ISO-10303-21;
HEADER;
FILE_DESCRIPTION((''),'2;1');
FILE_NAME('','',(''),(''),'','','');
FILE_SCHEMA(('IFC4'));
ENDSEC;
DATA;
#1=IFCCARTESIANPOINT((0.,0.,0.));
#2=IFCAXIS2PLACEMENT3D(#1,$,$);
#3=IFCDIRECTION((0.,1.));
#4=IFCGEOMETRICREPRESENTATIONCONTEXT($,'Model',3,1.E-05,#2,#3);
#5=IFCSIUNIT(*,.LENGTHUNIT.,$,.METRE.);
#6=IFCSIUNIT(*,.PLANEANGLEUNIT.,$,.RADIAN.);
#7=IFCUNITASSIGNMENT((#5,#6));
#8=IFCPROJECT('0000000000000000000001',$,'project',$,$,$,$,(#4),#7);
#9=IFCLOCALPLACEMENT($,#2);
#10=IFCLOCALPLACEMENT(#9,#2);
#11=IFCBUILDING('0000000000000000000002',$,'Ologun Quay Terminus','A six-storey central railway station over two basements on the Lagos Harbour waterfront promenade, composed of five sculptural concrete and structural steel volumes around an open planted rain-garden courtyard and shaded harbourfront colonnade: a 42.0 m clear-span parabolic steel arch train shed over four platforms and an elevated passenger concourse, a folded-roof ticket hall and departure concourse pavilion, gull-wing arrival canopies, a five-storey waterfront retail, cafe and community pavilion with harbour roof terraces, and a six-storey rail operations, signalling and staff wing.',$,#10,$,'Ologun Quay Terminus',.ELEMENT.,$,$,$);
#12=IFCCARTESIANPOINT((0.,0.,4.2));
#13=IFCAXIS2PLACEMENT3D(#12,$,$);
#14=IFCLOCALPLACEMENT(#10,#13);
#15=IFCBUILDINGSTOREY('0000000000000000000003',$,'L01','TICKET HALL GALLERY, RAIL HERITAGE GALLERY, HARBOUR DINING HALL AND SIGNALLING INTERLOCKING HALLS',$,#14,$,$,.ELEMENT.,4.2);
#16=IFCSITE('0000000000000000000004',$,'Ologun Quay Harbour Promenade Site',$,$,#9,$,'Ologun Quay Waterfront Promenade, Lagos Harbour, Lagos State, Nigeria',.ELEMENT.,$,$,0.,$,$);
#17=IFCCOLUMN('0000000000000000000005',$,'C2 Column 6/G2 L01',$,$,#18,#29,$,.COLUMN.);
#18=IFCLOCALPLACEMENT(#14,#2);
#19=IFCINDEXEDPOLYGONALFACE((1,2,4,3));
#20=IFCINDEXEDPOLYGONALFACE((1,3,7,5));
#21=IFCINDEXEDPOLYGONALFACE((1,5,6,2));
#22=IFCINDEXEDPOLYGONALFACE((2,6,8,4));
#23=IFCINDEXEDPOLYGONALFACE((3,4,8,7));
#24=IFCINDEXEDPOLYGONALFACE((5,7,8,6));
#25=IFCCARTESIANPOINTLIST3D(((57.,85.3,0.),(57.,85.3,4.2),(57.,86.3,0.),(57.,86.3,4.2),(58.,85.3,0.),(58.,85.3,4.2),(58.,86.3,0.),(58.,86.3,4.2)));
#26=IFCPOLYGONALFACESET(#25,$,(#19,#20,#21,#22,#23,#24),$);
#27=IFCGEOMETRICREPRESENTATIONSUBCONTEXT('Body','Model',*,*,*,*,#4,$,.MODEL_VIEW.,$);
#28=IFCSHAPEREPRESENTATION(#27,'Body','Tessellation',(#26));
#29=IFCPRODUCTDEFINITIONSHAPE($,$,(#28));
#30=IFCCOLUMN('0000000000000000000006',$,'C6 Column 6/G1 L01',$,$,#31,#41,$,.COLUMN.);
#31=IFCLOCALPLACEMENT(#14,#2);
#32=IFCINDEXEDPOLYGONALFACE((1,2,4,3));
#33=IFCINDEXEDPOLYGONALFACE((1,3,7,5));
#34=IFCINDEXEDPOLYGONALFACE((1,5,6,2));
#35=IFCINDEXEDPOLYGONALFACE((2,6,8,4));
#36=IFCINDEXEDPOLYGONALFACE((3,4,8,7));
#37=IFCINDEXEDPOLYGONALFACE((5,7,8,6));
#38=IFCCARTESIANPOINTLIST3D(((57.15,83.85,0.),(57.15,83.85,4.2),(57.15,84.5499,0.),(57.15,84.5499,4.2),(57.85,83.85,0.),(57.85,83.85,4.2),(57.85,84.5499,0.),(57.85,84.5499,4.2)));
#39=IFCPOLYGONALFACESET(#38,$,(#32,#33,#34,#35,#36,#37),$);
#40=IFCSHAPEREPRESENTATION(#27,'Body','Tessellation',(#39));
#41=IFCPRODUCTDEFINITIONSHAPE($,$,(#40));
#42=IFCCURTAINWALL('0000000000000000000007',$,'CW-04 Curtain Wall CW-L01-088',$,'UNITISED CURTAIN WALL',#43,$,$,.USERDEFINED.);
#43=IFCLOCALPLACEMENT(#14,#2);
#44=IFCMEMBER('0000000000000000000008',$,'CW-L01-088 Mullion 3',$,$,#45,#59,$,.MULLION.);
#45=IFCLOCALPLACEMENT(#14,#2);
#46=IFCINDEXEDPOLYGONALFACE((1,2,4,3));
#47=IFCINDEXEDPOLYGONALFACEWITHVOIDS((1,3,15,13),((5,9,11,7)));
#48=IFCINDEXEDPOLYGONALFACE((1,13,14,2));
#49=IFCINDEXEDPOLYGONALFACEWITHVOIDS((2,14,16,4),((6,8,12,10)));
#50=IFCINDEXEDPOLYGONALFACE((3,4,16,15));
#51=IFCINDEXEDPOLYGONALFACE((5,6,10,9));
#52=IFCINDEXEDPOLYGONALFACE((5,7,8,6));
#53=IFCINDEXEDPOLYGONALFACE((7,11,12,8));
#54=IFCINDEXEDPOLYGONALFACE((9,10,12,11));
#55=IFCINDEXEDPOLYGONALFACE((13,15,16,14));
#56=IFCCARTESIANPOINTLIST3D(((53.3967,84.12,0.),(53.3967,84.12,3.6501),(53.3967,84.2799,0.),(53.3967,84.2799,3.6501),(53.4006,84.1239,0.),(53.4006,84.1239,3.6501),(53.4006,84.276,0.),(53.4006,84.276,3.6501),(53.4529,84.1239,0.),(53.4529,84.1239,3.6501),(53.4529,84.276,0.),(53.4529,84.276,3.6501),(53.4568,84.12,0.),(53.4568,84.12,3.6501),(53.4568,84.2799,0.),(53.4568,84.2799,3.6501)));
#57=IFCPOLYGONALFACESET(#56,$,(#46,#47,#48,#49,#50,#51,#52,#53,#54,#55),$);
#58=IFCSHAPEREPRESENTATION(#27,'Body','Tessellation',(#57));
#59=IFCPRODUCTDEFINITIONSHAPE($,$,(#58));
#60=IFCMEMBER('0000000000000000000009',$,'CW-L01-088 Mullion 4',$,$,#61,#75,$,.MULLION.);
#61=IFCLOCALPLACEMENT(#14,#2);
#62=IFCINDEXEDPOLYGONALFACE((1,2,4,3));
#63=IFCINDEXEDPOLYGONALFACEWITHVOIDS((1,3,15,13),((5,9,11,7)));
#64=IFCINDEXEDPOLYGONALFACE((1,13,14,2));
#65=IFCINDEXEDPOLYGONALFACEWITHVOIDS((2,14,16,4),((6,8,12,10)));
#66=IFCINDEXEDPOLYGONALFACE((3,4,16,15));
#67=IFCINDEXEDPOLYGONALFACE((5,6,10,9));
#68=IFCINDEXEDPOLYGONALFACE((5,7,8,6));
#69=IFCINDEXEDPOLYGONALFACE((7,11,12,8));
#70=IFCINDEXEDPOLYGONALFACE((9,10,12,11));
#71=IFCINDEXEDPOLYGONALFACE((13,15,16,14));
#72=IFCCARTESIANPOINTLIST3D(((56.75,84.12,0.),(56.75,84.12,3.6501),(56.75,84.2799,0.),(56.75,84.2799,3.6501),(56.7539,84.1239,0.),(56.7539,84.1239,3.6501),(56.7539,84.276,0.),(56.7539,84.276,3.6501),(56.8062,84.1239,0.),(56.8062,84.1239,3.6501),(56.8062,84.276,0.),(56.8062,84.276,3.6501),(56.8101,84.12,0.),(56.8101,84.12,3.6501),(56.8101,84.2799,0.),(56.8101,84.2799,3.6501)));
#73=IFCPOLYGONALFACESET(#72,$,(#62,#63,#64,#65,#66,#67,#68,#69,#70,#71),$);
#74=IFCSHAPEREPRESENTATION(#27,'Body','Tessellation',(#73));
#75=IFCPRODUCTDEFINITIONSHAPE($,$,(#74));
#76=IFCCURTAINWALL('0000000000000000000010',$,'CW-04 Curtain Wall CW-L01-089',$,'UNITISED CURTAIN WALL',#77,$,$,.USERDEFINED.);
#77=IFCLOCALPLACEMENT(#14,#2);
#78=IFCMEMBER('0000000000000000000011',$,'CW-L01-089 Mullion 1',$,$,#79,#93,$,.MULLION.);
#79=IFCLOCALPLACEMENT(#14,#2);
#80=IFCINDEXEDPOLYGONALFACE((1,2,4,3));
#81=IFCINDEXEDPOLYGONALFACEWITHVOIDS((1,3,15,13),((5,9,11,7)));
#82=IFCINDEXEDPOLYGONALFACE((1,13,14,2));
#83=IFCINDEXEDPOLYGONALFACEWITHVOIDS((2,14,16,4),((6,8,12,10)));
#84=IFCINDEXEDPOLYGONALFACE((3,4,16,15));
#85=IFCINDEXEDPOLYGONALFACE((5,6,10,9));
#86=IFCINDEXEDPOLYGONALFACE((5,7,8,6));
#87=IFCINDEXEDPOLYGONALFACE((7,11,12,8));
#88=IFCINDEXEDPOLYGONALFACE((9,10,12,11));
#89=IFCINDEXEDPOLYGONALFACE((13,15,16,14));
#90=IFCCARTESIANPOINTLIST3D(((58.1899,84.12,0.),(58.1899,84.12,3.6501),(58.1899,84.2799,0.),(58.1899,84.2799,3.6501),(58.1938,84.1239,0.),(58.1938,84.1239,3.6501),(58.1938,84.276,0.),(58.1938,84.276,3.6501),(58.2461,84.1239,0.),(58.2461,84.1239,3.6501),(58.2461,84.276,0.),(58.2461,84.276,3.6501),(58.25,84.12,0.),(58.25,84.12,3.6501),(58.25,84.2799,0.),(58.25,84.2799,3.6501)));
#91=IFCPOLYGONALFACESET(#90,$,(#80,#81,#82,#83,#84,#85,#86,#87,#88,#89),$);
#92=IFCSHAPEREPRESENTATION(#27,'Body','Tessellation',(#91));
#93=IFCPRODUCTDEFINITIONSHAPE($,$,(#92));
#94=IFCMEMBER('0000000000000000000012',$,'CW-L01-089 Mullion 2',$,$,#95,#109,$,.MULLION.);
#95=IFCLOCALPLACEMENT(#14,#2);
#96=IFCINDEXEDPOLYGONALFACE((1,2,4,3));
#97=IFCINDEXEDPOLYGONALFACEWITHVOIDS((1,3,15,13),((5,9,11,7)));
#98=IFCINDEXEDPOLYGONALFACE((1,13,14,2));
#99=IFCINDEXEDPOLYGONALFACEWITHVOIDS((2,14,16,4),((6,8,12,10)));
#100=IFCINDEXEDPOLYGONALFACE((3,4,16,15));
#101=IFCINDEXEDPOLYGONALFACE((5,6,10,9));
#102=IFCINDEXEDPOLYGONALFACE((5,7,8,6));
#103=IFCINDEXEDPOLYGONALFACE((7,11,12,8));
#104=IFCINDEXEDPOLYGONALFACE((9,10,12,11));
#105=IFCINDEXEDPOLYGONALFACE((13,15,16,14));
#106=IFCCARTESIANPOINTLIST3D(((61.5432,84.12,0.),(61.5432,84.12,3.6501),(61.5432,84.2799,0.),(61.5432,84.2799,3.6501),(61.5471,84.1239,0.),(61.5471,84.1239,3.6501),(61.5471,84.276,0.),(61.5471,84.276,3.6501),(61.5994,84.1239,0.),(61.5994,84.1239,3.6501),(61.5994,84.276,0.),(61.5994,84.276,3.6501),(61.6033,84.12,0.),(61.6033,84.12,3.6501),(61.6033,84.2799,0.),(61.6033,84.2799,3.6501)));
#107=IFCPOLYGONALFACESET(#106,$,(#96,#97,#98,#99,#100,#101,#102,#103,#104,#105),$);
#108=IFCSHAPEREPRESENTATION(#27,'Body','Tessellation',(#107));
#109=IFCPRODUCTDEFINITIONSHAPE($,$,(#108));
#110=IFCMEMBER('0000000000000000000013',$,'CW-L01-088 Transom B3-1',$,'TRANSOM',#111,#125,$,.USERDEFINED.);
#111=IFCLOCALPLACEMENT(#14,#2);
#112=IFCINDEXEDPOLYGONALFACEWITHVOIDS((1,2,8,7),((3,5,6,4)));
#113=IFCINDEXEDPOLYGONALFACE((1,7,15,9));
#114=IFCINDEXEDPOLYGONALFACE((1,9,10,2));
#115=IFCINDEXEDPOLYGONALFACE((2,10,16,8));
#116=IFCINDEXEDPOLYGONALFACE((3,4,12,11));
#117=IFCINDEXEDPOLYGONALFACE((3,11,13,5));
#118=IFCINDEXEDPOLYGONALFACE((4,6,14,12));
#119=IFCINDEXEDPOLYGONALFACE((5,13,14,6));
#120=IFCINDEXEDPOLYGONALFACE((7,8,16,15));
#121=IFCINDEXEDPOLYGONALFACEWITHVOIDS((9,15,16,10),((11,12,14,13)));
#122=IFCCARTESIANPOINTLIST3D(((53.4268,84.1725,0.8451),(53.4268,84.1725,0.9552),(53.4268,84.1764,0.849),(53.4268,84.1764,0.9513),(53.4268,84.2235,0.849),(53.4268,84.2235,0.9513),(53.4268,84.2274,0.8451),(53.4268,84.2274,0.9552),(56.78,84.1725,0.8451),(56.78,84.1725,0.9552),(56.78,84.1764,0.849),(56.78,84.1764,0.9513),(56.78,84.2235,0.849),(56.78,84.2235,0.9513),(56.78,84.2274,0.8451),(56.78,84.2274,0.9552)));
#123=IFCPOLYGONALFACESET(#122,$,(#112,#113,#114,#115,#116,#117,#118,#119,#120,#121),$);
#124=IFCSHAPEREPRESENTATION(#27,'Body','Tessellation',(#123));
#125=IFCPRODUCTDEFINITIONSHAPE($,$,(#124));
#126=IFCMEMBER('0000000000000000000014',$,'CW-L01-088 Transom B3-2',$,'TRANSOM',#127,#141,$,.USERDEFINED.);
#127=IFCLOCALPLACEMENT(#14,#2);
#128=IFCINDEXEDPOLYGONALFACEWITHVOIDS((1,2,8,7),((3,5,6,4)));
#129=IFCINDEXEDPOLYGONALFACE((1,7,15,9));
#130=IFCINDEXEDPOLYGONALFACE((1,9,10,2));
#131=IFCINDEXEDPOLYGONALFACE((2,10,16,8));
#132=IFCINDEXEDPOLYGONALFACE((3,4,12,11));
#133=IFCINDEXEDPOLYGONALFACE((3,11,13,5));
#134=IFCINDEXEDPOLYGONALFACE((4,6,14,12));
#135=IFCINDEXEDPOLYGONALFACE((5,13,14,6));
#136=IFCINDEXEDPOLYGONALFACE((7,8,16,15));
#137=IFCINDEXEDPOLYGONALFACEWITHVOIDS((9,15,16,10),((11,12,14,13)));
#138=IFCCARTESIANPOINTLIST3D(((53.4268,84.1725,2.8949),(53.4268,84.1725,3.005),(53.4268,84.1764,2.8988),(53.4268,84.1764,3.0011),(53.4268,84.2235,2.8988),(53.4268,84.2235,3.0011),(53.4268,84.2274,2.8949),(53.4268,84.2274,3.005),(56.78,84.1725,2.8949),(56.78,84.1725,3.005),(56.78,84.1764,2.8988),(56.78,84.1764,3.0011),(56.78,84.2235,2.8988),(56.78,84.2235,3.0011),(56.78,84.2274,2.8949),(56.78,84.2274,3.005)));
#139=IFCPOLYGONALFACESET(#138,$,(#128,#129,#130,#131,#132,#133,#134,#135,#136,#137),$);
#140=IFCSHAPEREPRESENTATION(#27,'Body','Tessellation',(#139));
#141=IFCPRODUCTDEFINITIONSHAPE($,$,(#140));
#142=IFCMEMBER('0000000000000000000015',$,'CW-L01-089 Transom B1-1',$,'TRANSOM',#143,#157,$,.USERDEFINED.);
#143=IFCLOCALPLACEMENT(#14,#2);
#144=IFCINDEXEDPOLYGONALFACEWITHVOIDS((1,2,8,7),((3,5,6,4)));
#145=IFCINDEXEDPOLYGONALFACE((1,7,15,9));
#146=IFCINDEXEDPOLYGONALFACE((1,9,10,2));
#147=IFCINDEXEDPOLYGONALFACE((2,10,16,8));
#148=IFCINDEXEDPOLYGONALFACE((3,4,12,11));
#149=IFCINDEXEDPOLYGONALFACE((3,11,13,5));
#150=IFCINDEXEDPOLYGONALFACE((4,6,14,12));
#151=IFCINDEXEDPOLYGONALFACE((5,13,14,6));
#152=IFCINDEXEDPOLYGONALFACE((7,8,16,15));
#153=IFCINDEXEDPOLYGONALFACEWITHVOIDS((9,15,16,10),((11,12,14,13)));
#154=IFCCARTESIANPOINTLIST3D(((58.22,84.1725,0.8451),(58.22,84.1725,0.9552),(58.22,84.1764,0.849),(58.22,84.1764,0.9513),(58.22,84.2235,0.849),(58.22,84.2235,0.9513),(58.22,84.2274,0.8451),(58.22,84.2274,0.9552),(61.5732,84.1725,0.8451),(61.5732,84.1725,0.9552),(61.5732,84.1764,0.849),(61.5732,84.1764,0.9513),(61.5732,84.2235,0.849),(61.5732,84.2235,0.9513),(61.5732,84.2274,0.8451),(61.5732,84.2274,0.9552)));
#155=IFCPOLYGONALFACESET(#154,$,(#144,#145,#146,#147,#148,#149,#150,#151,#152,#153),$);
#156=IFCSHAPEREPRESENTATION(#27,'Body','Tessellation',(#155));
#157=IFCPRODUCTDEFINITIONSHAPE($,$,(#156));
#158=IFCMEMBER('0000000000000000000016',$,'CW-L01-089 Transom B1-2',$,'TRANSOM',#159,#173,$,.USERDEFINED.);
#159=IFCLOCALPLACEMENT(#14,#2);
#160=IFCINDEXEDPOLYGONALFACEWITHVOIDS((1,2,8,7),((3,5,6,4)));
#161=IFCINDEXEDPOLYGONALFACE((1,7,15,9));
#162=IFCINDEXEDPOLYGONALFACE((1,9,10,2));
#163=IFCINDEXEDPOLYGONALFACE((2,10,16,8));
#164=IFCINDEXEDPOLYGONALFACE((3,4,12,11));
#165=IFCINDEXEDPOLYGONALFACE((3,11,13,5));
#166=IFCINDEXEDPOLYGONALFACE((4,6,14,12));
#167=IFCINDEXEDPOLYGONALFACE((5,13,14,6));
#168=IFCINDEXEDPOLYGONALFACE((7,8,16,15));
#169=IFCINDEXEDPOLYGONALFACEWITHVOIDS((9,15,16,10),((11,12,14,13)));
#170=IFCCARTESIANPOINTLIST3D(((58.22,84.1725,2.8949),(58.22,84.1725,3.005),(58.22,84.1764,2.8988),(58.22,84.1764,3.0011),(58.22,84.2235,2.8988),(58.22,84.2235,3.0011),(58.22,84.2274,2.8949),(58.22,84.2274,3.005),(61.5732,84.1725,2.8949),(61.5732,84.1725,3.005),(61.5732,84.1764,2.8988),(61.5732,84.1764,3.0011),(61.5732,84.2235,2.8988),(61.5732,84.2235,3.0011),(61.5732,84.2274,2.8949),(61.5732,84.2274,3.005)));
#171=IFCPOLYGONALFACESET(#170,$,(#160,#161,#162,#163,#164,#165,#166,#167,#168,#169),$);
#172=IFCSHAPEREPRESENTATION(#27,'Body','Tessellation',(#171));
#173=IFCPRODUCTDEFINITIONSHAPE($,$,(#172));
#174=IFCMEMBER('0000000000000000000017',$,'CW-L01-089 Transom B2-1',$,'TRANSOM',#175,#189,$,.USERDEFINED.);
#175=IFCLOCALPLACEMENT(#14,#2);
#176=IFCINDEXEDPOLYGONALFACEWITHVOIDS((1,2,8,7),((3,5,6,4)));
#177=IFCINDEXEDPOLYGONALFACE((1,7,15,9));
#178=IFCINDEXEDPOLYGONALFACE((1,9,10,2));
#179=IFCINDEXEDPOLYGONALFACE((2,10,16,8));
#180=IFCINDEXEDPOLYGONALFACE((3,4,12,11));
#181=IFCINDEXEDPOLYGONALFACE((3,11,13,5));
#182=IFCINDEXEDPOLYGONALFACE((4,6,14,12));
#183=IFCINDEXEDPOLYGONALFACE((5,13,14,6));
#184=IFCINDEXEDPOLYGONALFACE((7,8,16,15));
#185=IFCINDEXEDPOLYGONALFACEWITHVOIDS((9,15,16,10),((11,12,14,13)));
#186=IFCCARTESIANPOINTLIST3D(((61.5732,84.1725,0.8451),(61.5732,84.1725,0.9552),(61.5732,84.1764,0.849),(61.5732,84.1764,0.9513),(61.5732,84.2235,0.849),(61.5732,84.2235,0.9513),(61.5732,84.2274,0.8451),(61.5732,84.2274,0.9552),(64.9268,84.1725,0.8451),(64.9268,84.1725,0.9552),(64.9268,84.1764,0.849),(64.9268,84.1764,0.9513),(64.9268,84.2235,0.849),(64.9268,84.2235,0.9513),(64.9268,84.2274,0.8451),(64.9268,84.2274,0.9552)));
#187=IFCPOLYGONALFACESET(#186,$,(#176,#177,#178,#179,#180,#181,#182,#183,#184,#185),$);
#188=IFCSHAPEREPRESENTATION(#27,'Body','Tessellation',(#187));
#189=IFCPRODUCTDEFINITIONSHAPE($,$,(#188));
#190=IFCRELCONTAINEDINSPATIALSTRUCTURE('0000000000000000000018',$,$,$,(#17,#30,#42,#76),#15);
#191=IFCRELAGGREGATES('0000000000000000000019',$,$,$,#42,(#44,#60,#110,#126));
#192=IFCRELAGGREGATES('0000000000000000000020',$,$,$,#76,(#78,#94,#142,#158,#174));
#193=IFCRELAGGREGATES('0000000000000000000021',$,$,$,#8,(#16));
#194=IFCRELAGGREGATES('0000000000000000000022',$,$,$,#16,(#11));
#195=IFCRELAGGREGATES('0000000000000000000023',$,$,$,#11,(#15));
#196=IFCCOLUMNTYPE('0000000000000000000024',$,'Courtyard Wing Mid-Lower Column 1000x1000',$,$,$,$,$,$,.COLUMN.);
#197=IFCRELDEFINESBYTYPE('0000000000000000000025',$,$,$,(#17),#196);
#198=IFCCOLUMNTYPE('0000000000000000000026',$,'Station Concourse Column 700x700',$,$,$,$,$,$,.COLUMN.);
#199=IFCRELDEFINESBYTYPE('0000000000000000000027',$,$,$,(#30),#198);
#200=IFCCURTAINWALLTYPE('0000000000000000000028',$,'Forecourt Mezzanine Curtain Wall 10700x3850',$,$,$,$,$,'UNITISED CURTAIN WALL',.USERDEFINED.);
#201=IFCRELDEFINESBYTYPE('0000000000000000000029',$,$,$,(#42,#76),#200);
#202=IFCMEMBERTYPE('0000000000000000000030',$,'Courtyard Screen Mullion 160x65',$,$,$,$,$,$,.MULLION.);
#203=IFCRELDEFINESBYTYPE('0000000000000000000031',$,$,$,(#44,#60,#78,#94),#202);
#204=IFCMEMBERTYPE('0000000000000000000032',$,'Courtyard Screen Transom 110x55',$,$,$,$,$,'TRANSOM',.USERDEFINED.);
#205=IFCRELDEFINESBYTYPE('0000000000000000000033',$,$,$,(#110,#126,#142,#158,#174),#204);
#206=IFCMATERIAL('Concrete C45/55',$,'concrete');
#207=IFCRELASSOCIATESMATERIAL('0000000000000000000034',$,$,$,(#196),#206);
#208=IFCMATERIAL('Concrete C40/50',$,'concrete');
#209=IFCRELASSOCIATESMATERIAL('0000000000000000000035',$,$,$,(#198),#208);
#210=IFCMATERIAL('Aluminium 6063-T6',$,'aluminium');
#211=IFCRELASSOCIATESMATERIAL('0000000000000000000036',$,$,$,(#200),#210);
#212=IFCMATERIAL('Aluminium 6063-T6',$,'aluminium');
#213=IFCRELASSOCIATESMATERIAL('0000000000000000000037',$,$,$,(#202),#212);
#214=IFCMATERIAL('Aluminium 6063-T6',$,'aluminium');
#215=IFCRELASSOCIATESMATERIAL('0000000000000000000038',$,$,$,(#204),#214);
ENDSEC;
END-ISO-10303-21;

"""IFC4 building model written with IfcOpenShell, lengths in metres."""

from ifc_helpers import new_model, si_unit, direction, frame, origin, origin_2d, place, context, subcontext, project, spatial, rectangle, hollow_rectangle, extrude, material, material_profile, profile_set, type_object, element, aggregate, save


model = new_model("IFC4")

# Units and contexts
model_context = context("Model", 3, precision=1e-05, world=origin(), true_north=direction((0.0, 1.0)))
body_context = subcontext(model_context, "Body", "Model", "MODEL_VIEW")
ifc_project = project(units=[si_unit("LENGTHUNIT", "METRE"), si_unit("PLANEANGLEUNIT", "RADIAN")], contexts=[model_context])

# Site, building, storey
site_placement = place(None, origin())
site = spatial("IfcSite", under=ifc_project, at=site_placement, Name="Ologun Quay Harbour Promenade Site", LongName="Ologun Quay Waterfront Promenade, Lagos Harbour, Lagos State, Nigeria", CompositionType="ELEMENT", RefElevation=0.0)
building_placement = place(site_placement, origin())
building = spatial("IfcBuilding", under=site, at=building_placement, Name="Ologun Quay Terminus", Description="A six-storey central railway station over two basements on the Lagos Harbour waterfront promenade, composed of five sculptural concrete and structural steel volumes around an open planted rain-garden courtyard and shaded harbourfront colonnade: a 42.0 m clear-span parabolic steel arch train shed over four platforms and an elevated passenger concourse, a folded-roof ticket hall and departure concourse pavilion, gull-wing arrival canopies, a five-storey waterfront retail, cafe and community pavilion with harbour roof terraces, and a six-storey rail operations, signalling and staff wing.", LongName="Ologun Quay Terminus", CompositionType="ELEMENT")
storey_placement = place(building_placement, frame((0.0, 0.0, 4.2)))
storey = spatial("IfcBuildingStorey", under=building, at=storey_placement, Name="L01", Description="TICKET HALL GALLERY, RAIL HERITAGE GALLERY, HARBOUR DINING HALL AND SIGNALLING INTERLOCKING HALLS", CompositionType="ELEMENT", Elevation=4.2)

# Columns
ifc_material_1 = material(Name="Concrete C45/55", Category="concrete")
ifc_material_profile_1 = material_profile(ifc_material_1, rectangle(XDim=1.0, YDim=1.0, at=origin_2d()), Name="RC 1000x1000")
ifc_profile_set_1 = profile_set([ifc_material_profile_1], Name="Concrete C45/55")
column_type_1 = type_object("IfcColumnType", Name="Courtyard Wing Mid-Lower Column 1000x1000", PredefinedType="COLUMN", material=ifc_profile_set_1)
column_1_placement = place(storey_placement, frame((57.5, 85.8, 0.0), z_axis=(0.0, 0.0, 1.0), x_axis=(1.0, 0.0, 0.0)))
element("IfcColumn", 1, at=column_1_placement, inside=storey, type_object=column_type_1, Name="C2 Column 6/G2 L01", PredefinedType="COLUMN", context=body_context, shape_type="SweptSolid", body=[
    extrude(rectangle(XDim=1.0, YDim=1.0, at=origin_2d()), origin(), (0.0, 0.0, 1.0), 4.2),
])
ifc_material_2 = material(Name="Concrete C40/50", Category="concrete")
ifc_material_profile_2 = material_profile(ifc_material_2, rectangle(XDim=0.7, YDim=0.7, at=origin_2d()), Name="RC 700x700")
ifc_profile_set_2 = profile_set([ifc_material_profile_2], Name="Concrete C40/50")
column_type_2 = type_object("IfcColumnType", Name="Station Concourse Column 700x700", PredefinedType="COLUMN", material=ifc_profile_set_2)
column_2_placement = place(storey_placement, frame((57.5, 84.2, 0.0), z_axis=(0.0, 0.0, 1.0), x_axis=(1.0, 0.0, 0.0)))
element("IfcColumn", 2, at=column_2_placement, inside=storey, type_object=column_type_2, Name="C6 Column 6/G1 L01", PredefinedType="COLUMN", context=body_context, shape_type="SweptSolid", body=[
    extrude(rectangle(XDim=0.7, YDim=0.7, at=origin_2d()), origin(), (0.0, 0.0, 1.0), 4.2),
])

# Curtain walls, members
ifc_material_3 = material(Name="Aluminium 6063-T6", Category="aluminium")
curtain_wall_type = type_object("IfcCurtainWallType", Name="Forecourt Mezzanine Curtain Wall 10700x3850", ElementType="UNITISED CURTAIN WALL", PredefinedType="USERDEFINED", material=ifc_material_3)
curtain_wall_1_placement = place(storey_placement, origin())
curtain_wall_1 = element("IfcCurtainWall", 3, at=curtain_wall_1_placement, inside=storey, type_object=curtain_wall_type, Name="CW-04 Curtain Wall CW-L01-088", ObjectType="UNITISED CURTAIN WALL", PredefinedType="USERDEFINED")
ifc_material_4 = material(Name="Aluminium 6063-T6", Category="aluminium")
ifc_material_profile_3 = material_profile(ifc_material_4, hollow_rectangle(XDim=0.0601, YDim=0.1599, WallThickness=0.0039, at=origin_2d()), Name="ALU 160x60x4")
ifc_profile_set_3 = profile_set([ifc_material_profile_3], Name="Aluminium 6063-T6")
member_type_1 = type_object("IfcMemberType", Name="Courtyard Screen Mullion 160x65", PredefinedType="MULLION", material=ifc_profile_set_3)
member_1_placement = place(storey_placement, frame((53.4268, 84.2, 0.0), z_axis=(0.0, 0.0, 1.0), x_axis=(1.0, 0.0, 0.0)))
member_1 = element("IfcMember", 4, at=member_1_placement, type_object=member_type_1, Name="CW-L01-088 Mullion 3", PredefinedType="MULLION", context=body_context, shape_type="SweptSolid", body=[
    extrude(hollow_rectangle(XDim=0.0601, YDim=0.1599, WallThickness=0.0039, at=origin_2d()), origin(), (0.0, 0.0, 1.0), 3.6501),
])
member_2_placement = place(storey_placement, frame((56.78, 84.2, 0.0), z_axis=(0.0, 0.0, 1.0), x_axis=(1.0, 0.0, 0.0)))
member_2 = element("IfcMember", 5, at=member_2_placement, type_object=member_type_1, Name="CW-L01-088 Mullion 4", PredefinedType="MULLION", context=body_context, shape_type="SweptSolid", body=[
    extrude(hollow_rectangle(XDim=0.0601, YDim=0.1599, WallThickness=0.0039, at=origin_2d()), origin(), (0.0, 0.0, 1.0), 3.6501),
])
curtain_wall_2_placement = place(storey_placement, origin())
curtain_wall_2 = element("IfcCurtainWall", 6, at=curtain_wall_2_placement, inside=storey, type_object=curtain_wall_type, Name="CW-04 Curtain Wall CW-L01-089", ObjectType="UNITISED CURTAIN WALL", PredefinedType="USERDEFINED")
member_3_placement = place(storey_placement, frame((58.22, 84.2, 0.0), z_axis=(0.0, 0.0, 1.0), x_axis=(1.0, 0.0, 0.0)))
member_3 = element("IfcMember", 7, at=member_3_placement, type_object=member_type_1, Name="CW-L01-089 Mullion 1", PredefinedType="MULLION", context=body_context, shape_type="SweptSolid", body=[
    extrude(hollow_rectangle(XDim=0.0601, YDim=0.1599, WallThickness=0.0039, at=origin_2d()), origin(), (0.0, 0.0, 1.0), 3.6501),
])
member_4_placement = place(storey_placement, frame((61.5732, 84.2, 0.0), z_axis=(0.0, 0.0, 1.0), x_axis=(1.0, 0.0, 0.0)))
member_4 = element("IfcMember", 8, at=member_4_placement, type_object=member_type_1, Name="CW-L01-089 Mullion 2", PredefinedType="MULLION", context=body_context, shape_type="SweptSolid", body=[
    extrude(hollow_rectangle(XDim=0.0601, YDim=0.1599, WallThickness=0.0039, at=origin_2d()), origin(), (0.0, 0.0, 1.0), 3.6501),
])

# Members
ifc_material_5 = material(Name="Aluminium 6063-T6", Category="aluminium")
ifc_material_profile_4 = material_profile(ifc_material_5, hollow_rectangle(XDim=0.0549, YDim=0.1101, WallThickness=0.0039, at=origin_2d()), Name="ALU 110x55x4")
ifc_profile_set_4 = profile_set([ifc_material_profile_4], Name="Aluminium 6063-T6")
member_type_2 = type_object("IfcMemberType", Name="Courtyard Screen Transom 110x55", ElementType="TRANSOM", PredefinedType="USERDEFINED", material=ifc_profile_set_4)
member_5_placement = place(storey_placement, frame((53.4268, 84.2, 0.9001), z_axis=(1.0, 0.0, 0.0), x_axis=(0.0, 1.0, 0.0)))
member_5 = element("IfcMember", 9, at=member_5_placement, type_object=member_type_2, Name="CW-L01-088 Transom B3-1", ObjectType="TRANSOM", PredefinedType="USERDEFINED", context=body_context, shape_type="SweptSolid", body=[
    extrude(hollow_rectangle(XDim=0.0549, YDim=0.1101, WallThickness=0.0039, at=origin_2d()), origin(), (0.0, 0.0, 1.0), 3.3533),
])
member_6_placement = place(storey_placement, frame((53.4268, 84.2, 2.95), z_axis=(1.0, 0.0, 0.0), x_axis=(0.0, 1.0, 0.0)))
member_6 = element("IfcMember", 10, at=member_6_placement, type_object=member_type_2, Name="CW-L01-088 Transom B3-2", ObjectType="TRANSOM", PredefinedType="USERDEFINED", context=body_context, shape_type="SweptSolid", body=[
    extrude(hollow_rectangle(XDim=0.0549, YDim=0.1101, WallThickness=0.0039, at=origin_2d()), origin(), (0.0, 0.0, 1.0), 3.3533),
])
member_7_placement = place(storey_placement, frame((58.22, 84.2, 0.9001), z_axis=(1.0, 0.0, 0.0), x_axis=(0.0, 1.0, 0.0)))
member_7 = element("IfcMember", 11, at=member_7_placement, type_object=member_type_2, Name="CW-L01-089 Transom B1-1", ObjectType="TRANSOM", PredefinedType="USERDEFINED", context=body_context, shape_type="SweptSolid", body=[
    extrude(hollow_rectangle(XDim=0.0549, YDim=0.1101, WallThickness=0.0039, at=origin_2d()), origin(), (0.0, 0.0, 1.0), 3.3533),
])
member_8_placement = place(storey_placement, frame((58.22, 84.2, 2.95), z_axis=(1.0, 0.0, 0.0), x_axis=(0.0, 1.0, 0.0)))
member_8 = element("IfcMember", 12, at=member_8_placement, type_object=member_type_2, Name="CW-L01-089 Transom B1-2", ObjectType="TRANSOM", PredefinedType="USERDEFINED", context=body_context, shape_type="SweptSolid", body=[
    extrude(hollow_rectangle(XDim=0.0549, YDim=0.1101, WallThickness=0.0039, at=origin_2d()), origin(), (0.0, 0.0, 1.0), 3.3533),
])
member_9_placement = place(storey_placement, frame((61.5732, 84.2, 0.9001), z_axis=(1.0, 0.0, 0.0), x_axis=(0.0, 1.0, 0.0)))
member_9 = element("IfcMember", 13, at=member_9_placement, type_object=member_type_2, Name="CW-L01-089 Transom B2-1", ObjectType="TRANSOM", PredefinedType="USERDEFINED", context=body_context, shape_type="SweptSolid", body=[
    extrude(hollow_rectangle(XDim=0.0549, YDim=0.1101, WallThickness=0.0039, at=origin_2d()), origin(), (0.0, 0.0, 1.0), 3.3535),
])

aggregate(curtain_wall_1, [member_1, member_2, member_5, member_6])
aggregate(curtain_wall_2, [member_3, member_4, member_7, member_8, member_9])

save(model, "model.ifc")
